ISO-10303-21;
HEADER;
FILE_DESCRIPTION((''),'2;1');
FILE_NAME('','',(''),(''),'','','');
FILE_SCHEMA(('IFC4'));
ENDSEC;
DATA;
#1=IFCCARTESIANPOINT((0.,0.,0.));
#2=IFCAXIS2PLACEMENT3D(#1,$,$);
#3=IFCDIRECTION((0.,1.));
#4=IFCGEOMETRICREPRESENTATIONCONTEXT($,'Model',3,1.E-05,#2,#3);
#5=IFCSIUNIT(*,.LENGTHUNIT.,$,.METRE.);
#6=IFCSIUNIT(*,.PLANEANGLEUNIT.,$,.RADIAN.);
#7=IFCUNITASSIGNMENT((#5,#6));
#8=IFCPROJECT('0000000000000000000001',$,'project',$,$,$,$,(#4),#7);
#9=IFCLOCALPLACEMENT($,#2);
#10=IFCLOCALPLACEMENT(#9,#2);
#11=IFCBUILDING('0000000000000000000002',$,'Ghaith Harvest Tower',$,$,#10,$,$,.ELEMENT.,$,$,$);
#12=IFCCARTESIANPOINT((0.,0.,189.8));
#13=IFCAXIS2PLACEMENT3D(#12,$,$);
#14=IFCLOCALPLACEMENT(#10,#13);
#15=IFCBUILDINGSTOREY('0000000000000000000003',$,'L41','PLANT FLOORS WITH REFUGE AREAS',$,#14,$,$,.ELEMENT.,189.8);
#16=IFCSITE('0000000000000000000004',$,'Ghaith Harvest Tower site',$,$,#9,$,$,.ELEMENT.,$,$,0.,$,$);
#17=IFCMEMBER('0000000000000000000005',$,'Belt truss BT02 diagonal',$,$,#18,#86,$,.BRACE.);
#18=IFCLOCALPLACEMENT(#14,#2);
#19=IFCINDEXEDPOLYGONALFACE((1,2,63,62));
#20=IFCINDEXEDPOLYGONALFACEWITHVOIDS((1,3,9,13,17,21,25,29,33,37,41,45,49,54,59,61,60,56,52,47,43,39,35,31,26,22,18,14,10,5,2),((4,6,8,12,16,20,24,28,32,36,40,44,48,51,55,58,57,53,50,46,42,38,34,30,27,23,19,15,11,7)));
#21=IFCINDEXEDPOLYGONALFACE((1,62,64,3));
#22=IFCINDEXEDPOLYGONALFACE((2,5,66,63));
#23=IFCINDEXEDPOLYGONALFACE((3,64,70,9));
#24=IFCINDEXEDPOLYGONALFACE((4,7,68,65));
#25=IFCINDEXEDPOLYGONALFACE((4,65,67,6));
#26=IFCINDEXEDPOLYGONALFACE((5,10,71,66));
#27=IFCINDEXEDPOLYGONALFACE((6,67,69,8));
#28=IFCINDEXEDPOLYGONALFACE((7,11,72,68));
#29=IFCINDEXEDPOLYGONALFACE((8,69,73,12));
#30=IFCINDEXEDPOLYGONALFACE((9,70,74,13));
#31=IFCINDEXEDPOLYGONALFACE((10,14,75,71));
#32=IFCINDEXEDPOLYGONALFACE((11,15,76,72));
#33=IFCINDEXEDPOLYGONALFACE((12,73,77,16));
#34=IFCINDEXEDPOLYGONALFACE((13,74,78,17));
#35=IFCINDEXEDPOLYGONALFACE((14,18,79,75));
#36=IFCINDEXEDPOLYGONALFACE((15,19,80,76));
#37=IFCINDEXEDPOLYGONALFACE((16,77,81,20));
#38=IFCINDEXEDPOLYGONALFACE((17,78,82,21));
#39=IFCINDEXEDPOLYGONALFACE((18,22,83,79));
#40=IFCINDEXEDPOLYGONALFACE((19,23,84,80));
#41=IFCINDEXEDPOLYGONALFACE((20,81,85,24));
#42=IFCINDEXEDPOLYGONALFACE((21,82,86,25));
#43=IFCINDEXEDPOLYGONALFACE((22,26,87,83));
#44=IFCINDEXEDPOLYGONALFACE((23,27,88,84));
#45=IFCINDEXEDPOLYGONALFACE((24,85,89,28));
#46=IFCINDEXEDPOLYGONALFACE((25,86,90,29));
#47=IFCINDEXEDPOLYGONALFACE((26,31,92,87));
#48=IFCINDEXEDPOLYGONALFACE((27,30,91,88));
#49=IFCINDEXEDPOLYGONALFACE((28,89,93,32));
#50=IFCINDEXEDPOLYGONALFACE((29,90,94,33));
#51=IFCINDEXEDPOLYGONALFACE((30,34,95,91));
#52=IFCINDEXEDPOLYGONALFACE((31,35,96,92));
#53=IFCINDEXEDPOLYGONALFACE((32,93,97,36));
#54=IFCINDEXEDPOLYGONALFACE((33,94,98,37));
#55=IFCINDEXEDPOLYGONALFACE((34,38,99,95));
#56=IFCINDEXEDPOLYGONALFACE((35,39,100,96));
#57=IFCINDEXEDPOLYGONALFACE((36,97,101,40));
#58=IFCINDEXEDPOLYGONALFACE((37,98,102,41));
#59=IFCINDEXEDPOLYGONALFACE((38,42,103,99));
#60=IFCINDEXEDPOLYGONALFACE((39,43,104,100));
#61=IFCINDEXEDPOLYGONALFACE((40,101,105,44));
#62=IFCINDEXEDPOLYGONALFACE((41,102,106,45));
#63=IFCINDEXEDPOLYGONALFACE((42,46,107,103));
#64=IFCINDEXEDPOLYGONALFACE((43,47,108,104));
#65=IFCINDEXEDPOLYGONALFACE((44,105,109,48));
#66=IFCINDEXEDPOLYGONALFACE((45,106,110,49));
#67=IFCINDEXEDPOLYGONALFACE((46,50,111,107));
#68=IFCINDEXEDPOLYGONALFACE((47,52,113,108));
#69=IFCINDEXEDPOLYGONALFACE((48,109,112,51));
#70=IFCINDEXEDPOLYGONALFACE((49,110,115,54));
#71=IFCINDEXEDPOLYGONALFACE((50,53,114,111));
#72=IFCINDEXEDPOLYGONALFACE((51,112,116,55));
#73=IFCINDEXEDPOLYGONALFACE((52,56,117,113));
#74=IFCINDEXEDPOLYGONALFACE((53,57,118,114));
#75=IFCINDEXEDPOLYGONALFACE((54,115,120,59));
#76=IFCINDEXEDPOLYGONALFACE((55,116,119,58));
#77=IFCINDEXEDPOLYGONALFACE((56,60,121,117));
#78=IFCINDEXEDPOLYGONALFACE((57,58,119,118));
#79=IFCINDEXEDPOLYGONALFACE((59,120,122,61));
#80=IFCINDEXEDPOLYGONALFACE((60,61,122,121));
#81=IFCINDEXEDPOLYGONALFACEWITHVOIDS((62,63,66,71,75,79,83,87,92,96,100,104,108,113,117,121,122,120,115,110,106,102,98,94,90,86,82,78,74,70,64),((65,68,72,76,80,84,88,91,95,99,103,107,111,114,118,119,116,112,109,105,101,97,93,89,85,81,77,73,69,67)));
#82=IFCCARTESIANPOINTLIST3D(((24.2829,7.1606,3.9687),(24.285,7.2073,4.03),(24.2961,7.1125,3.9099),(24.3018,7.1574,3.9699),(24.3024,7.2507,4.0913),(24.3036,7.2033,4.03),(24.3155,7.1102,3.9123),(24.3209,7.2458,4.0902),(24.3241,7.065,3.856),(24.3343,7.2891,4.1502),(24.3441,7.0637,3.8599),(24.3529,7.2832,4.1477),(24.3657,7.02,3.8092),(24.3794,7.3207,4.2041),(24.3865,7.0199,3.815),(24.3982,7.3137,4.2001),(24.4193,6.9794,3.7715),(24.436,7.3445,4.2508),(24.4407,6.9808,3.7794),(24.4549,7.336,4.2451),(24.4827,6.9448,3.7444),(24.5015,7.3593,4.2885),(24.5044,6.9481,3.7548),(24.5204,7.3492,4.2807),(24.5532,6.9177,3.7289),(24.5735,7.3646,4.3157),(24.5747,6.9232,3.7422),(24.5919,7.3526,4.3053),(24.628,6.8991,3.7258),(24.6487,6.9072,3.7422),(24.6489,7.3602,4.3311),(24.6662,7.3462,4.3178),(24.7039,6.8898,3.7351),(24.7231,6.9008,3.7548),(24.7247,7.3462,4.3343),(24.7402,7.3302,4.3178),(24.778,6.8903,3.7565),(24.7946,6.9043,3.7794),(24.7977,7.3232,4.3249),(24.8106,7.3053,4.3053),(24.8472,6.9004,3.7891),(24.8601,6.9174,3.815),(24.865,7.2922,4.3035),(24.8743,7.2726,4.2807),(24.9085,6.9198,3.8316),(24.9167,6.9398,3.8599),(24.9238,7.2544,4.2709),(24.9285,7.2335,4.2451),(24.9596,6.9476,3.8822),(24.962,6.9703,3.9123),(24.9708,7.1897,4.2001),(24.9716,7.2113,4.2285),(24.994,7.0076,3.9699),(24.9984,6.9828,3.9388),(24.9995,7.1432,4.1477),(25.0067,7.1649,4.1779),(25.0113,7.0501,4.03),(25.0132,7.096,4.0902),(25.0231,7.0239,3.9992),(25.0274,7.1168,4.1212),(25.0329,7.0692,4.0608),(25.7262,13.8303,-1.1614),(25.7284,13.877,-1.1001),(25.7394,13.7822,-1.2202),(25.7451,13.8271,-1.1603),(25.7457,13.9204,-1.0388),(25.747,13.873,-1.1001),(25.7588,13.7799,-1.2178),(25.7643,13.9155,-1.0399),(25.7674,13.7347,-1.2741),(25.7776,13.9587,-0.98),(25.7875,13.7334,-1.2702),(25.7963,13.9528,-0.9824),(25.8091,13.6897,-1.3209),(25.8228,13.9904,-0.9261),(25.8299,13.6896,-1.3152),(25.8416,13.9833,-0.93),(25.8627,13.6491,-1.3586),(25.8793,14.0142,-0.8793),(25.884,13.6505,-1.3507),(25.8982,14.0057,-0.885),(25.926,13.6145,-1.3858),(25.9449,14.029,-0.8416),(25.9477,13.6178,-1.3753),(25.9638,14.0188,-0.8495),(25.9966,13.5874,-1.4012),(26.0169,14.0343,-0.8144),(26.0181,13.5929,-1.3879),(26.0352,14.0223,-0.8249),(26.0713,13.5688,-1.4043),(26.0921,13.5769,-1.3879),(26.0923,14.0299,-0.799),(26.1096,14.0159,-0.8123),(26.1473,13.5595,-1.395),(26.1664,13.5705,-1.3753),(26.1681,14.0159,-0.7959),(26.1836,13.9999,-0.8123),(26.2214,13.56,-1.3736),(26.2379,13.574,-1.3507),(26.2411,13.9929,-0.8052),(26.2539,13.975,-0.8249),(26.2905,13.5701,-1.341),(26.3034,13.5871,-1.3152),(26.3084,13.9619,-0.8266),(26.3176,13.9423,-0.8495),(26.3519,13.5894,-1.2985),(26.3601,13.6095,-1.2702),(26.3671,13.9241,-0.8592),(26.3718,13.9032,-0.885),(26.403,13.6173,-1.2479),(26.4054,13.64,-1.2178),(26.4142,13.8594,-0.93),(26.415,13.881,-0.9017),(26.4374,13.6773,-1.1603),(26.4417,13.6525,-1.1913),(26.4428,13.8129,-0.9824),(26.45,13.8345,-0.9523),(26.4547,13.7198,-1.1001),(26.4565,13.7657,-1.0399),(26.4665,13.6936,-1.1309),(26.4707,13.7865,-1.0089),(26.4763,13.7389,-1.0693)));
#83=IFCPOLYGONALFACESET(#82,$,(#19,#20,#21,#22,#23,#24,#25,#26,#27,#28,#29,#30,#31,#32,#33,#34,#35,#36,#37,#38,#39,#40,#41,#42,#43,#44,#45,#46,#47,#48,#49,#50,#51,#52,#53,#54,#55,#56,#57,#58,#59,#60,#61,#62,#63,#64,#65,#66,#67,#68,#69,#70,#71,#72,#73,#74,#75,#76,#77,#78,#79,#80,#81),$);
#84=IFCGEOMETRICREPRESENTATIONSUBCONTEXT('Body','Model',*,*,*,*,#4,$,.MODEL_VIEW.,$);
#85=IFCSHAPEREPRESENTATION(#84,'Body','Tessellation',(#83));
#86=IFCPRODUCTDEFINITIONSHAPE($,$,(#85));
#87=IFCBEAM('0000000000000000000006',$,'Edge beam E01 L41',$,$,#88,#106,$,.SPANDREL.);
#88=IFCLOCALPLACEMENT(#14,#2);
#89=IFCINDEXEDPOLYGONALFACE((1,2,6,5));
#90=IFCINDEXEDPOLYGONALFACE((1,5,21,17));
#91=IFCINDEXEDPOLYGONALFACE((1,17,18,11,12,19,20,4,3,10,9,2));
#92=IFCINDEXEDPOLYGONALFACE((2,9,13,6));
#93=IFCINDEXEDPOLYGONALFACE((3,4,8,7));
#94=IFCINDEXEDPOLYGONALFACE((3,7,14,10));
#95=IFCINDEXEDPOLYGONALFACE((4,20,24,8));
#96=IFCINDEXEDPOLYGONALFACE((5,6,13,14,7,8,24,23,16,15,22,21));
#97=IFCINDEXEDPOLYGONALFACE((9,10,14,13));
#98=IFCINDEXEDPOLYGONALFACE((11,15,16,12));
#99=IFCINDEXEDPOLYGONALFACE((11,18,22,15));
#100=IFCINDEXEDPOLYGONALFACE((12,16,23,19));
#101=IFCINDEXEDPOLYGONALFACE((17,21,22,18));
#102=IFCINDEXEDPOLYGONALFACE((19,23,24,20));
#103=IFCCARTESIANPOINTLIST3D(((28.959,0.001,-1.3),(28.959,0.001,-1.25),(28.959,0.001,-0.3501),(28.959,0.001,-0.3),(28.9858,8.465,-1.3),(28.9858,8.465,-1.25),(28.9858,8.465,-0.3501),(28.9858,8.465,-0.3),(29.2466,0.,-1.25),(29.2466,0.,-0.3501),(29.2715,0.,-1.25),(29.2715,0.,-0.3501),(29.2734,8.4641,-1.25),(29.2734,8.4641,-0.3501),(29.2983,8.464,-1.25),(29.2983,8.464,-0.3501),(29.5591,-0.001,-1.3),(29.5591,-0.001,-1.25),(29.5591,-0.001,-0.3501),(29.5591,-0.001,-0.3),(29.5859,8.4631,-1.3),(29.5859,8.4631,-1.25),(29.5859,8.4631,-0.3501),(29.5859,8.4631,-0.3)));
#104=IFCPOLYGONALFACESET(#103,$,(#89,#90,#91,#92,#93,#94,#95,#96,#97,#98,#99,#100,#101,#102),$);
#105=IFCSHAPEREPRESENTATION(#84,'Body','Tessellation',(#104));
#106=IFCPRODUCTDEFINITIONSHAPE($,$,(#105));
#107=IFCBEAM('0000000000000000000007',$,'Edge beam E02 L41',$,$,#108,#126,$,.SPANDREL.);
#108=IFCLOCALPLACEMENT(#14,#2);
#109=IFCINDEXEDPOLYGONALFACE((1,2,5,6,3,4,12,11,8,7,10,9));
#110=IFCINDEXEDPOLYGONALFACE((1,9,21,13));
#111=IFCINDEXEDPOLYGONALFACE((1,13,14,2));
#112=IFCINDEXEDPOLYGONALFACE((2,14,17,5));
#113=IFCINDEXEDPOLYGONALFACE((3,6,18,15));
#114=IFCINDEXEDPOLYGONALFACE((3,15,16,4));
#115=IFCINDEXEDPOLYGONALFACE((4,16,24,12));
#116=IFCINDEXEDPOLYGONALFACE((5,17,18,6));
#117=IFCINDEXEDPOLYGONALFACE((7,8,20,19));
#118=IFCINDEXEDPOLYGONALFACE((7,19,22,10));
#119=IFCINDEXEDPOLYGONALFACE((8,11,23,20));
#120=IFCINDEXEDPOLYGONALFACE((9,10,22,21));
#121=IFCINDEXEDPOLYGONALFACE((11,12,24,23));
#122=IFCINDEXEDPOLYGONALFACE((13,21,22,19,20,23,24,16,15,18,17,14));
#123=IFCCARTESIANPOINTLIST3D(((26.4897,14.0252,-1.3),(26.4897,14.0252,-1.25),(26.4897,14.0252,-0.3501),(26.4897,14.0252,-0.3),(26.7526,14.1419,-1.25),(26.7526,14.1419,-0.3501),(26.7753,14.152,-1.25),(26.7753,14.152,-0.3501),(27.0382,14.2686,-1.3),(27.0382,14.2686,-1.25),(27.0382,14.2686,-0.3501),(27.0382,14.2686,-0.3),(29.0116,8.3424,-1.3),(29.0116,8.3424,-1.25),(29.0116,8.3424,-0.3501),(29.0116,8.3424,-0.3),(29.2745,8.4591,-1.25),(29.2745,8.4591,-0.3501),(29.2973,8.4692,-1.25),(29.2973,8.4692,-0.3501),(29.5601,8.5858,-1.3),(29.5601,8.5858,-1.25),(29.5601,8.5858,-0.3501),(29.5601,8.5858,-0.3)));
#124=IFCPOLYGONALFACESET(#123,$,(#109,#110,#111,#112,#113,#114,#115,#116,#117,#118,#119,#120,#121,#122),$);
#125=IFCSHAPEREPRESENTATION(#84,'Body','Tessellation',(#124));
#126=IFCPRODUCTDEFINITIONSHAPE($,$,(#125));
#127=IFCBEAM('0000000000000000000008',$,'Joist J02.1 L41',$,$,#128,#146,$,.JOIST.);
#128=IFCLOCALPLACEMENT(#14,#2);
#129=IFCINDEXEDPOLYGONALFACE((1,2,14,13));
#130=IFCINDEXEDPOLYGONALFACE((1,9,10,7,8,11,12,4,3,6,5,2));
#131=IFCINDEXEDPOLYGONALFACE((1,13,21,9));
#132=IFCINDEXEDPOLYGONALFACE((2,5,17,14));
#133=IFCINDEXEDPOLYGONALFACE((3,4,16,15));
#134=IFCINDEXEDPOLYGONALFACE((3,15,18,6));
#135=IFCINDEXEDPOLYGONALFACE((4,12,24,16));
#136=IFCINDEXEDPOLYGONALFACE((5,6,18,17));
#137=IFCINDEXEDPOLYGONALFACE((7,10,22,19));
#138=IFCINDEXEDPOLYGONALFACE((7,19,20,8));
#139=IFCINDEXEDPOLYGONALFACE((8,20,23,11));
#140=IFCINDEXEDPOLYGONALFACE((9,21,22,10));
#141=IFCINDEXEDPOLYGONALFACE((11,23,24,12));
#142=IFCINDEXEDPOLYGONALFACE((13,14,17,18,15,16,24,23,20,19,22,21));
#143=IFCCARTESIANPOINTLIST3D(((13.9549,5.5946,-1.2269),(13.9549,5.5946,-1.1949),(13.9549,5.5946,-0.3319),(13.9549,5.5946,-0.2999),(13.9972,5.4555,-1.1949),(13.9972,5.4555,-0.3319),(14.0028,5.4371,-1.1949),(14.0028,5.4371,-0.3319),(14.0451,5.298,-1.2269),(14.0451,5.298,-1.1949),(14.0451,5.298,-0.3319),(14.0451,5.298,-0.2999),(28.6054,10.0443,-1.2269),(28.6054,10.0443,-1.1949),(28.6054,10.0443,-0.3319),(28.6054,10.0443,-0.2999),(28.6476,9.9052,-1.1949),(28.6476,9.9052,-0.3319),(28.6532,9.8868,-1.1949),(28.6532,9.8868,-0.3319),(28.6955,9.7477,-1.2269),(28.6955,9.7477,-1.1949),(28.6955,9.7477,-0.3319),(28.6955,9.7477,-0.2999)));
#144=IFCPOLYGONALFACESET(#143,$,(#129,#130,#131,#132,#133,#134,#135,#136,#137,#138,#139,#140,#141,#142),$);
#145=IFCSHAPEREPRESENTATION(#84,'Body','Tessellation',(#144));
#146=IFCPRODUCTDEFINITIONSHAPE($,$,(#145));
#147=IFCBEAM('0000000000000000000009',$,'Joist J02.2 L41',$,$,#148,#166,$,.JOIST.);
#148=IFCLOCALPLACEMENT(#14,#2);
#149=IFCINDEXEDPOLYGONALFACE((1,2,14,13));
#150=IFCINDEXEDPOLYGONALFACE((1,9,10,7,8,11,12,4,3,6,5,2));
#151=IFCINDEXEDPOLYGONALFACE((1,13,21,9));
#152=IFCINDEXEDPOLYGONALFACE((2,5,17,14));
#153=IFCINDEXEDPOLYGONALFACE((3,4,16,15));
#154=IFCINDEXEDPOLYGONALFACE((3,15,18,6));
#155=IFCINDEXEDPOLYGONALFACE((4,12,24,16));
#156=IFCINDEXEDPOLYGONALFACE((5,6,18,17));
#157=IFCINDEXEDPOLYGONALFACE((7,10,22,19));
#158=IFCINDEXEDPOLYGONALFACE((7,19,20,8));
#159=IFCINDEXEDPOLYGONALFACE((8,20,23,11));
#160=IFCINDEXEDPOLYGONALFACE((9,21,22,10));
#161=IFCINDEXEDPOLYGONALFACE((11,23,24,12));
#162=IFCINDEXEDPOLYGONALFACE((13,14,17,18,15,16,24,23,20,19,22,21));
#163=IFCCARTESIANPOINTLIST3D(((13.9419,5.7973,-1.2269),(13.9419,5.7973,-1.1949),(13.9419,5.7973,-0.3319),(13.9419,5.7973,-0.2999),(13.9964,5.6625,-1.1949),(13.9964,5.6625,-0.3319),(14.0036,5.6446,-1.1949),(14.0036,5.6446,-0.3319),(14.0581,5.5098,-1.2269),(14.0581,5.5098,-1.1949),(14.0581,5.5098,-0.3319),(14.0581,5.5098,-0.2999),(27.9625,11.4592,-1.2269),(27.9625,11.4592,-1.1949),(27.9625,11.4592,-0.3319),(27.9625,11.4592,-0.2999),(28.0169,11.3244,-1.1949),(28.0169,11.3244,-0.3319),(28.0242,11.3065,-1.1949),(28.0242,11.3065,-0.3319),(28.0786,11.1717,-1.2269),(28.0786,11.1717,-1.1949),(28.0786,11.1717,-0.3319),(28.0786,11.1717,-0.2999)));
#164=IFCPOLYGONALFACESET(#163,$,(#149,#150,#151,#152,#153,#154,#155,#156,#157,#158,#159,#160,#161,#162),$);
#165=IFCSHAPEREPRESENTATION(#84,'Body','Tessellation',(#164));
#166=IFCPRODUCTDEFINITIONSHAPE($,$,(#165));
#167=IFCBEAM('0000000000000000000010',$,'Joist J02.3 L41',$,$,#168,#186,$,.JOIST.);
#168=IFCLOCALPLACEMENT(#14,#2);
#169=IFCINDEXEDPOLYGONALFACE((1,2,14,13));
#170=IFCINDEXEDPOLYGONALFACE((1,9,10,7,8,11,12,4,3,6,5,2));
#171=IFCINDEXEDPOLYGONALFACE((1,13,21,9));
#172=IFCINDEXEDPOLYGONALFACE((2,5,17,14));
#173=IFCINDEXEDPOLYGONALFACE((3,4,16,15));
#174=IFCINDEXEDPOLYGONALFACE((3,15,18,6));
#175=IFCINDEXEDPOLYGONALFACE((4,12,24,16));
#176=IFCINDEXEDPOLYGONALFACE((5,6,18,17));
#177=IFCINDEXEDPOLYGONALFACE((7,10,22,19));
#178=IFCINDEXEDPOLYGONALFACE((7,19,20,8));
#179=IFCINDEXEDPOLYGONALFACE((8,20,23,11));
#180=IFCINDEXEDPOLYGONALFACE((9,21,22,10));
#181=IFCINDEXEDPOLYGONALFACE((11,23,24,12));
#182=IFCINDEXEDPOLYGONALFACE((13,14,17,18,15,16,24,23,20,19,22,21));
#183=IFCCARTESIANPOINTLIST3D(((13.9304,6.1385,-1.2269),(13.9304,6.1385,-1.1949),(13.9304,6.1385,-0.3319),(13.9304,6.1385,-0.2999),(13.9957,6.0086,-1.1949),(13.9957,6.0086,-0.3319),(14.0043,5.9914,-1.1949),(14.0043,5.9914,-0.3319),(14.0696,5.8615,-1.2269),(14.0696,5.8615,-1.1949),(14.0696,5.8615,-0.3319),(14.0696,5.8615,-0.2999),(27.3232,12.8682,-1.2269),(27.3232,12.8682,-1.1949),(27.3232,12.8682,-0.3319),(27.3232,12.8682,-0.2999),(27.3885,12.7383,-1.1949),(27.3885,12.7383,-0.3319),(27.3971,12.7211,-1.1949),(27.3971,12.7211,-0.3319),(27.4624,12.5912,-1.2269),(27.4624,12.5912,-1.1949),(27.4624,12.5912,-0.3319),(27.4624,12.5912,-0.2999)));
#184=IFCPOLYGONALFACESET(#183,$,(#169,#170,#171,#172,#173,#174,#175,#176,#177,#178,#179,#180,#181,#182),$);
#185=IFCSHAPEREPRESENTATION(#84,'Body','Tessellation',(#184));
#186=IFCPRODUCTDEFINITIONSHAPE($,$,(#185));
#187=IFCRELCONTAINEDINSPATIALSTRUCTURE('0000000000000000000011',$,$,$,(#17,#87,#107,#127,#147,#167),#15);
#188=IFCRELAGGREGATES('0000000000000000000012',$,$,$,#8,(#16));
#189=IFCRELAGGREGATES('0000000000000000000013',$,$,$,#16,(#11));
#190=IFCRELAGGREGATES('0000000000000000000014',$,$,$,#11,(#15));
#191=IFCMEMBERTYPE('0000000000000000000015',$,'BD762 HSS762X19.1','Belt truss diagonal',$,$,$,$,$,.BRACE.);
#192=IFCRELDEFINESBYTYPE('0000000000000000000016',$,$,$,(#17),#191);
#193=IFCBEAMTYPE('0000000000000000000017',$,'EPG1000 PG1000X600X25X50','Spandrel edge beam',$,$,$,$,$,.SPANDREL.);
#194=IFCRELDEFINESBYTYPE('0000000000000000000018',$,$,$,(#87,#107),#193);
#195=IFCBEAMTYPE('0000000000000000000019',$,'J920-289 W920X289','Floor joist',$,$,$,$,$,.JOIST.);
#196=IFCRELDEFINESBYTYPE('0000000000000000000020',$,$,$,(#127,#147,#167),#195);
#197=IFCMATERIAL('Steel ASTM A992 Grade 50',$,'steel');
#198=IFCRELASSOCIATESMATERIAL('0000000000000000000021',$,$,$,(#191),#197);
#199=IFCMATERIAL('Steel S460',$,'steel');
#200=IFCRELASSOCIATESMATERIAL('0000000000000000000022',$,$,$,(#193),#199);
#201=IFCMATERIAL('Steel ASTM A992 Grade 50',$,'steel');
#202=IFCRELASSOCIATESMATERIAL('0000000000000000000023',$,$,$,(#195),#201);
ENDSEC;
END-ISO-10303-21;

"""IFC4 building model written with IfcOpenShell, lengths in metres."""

from ifc_helpers import new_model, si_unit, direction, frame, origin, origin_2d, place, context, subcontext, project, spatial, hollow_circle, i_section, extrude, material, material_profile, profile_set, type_object, element, save


model = new_model("IFC4")

# Units and contexts
model_context = context("Model", 3, precision=1e-05, world=origin(), true_north=direction((0.0, 1.0)))
body_context = subcontext(model_context, "Body", "Model", "MODEL_VIEW")
ifc_project = project(units=[si_unit("LENGTHUNIT", "METRE"), si_unit("PLANEANGLEUNIT", "RADIAN")], contexts=[model_context])

# Site, building, storey
site_placement = place(None, origin())
site = spatial("IfcSite", under=ifc_project, at=site_placement, Name="Ghaith Harvest Tower site", CompositionType="ELEMENT", RefElevation=0.0)
building_placement = place(site_placement, origin())
building = spatial("IfcBuilding", under=site, at=building_placement, Name="Ghaith Harvest Tower", CompositionType="ELEMENT")
storey_placement = place(building_placement, frame((0.0, 0.0, 189.8)))
storey = spatial("IfcBuildingStorey", under=building, at=storey_placement, Name="L41", Description="PLANT FLOORS WITH REFUGE AREAS", CompositionType="ELEMENT", Elevation=189.8)

# Member
ifc_material_1 = material(Name="Steel ASTM A992 Grade 50", Category="steel")
ifc_material_profile_1 = material_profile(ifc_material_1, hollow_circle(Radius=0.3811, WallThickness=0.019, at=origin_2d()), Name="HSS762X19.1")
ifc_profile_set_1 = profile_set([ifc_material_profile_1], Name="Steel ASTM A992 Grade 50")
member_type_1 = type_object("IfcMemberType", Name="BD762 HSS762X19.1", Description="Belt truss diagonal", PredefinedType="BRACE", material=ifc_profile_set_1)
member_1_placement = place(storey_placement, frame((24.6575, 7.1267, 4.03), z_axis=(0.169064, 0.781236, -0.600905), x_axis=(-0.977376, 0.21151, 0.0)))
element("IfcMember", 1, at=member_1_placement, inside=storey, type_object=member_type_1, Name="Belt truss BT02 diagonal", PredefinedType="BRACE", context=body_context, shape_type="SweptSolid", body=[
    extrude(hollow_circle(Radius=0.3811, WallThickness=0.019, at=origin_2d()), origin(), (0.0, 0.0, 1.0), 8.5374),
])

# Beams
ifc_material_2 = material(Name="Steel S460", Category="steel")
ifc_material_profile_2 = material_profile(ifc_material_2, i_section(OverallWidth=0.6001, OverallDepth=1.0, WebThickness=0.0249, FlangeThickness=0.05, at=origin_2d()), Name="PG1000X600X25X50")
ifc_profile_set_2 = profile_set([ifc_material_profile_2], Name="Steel S460")
beam_type_1 = type_object("IfcBeamType", Name="EPG1000 PG1000X600X25X50", Description="Spandrel edge beam", PredefinedType="SPANDREL", material=ifc_profile_set_2)
beam_1_placement = place(storey_placement, frame((29.259, 0.0, -0.8), z_axis=(0.003173, 0.999995, 0.0), x_axis=(-0.999995, 0.003173, 0.0)))
element("IfcBeam", 2, at=beam_1_placement, inside=storey, type_object=beam_type_1, Name="Edge beam E01 L41", PredefinedType="SPANDREL", context=body_context, shape_type="SweptSolid", body=[
    extrude(i_section(OverallWidth=0.6001, OverallDepth=1.0, WebThickness=0.0249, FlangeThickness=0.05, at=origin_2d()), origin(), (0.0, 0.0, 1.0), 8.4641),
])
beam_2_placement = place(storey_placement, frame((29.2859, 8.4641, -0.8), z_axis=(-0.405636, 0.914035, 0.0), x_axis=(-0.914035, -0.405636, 0.0)))
element("IfcBeam", 3, at=beam_2_placement, inside=storey, type_object=beam_type_1, Name="Edge beam E02 L41", PredefinedType="SPANDREL", context=body_context, shape_type="SweptSolid", body=[
    extrude(i_section(OverallWidth=0.6001, OverallDepth=1.0, WebThickness=0.0249, FlangeThickness=0.05, at=origin_2d()), origin(), (0.0, 0.0, 1.0), 6.2173),
])
ifc_material_3 = material(Name="Steel ASTM A992 Grade 50", Category="steel")
ifc_material_profile_3 = material_profile(ifc_material_3, i_section(OverallWidth=0.3101, OverallDepth=0.927, WebThickness=0.0193, FlangeThickness=0.032, at=origin_2d()), Name="W920X289")
ifc_profile_set_3 = profile_set([ifc_material_profile_3], Name="Steel ASTM A992 Grade 50")
beam_type_2 = type_object("IfcBeamType", Name="J920-289 W920X289", Description="Floor joist", PredefinedType="JOIST", material=ifc_profile_set_3)
beam_3_placement = place(storey_placement, frame((14.0, 5.4463, -0.7634), z_axis=(0.956839, 0.290617, 0.0), x_axis=(-0.290617, 0.956839, 0.0)))
element("IfcBeam", 4, at=beam_3_placement, inside=storey, type_object=beam_type_2, Name="Joist J02.1 L41", PredefinedType="JOIST", context=body_context, shape_type="SweptSolid", body=[
    extrude(i_section(OverallWidth=0.3101, OverallDepth=0.927, WebThickness=0.0193, FlangeThickness=0.032, at=origin_2d()), origin(), (0.0, 0.0, 1.0), 15.3113),
])
beam_4_placement = place(storey_placement, frame((14.0, 5.6536, -0.7634), z_axis=(0.927248, 0.374448, 0.0), x_axis=(-0.374448, 0.927248, 0.0)))
element("IfcBeam", 5, at=beam_4_placement, inside=storey, type_object=beam_type_2, Name="Joist J02.2 L41", PredefinedType="JOIST", context=body_context, shape_type="SweptSolid", body=[
    extrude(i_section(OverallWidth=0.3101, OverallDepth=0.927, WebThickness=0.0193, FlangeThickness=0.032, at=origin_2d()), origin(), (0.0, 0.0, 1.0), 15.1206),
])
beam_5_placement = place(storey_placement, frame((14.0, 6.0, -0.7634), z_axis=(0.893536, 0.448991, 0.0), x_axis=(-0.448991, 0.893536, 0.0)))
element("IfcBeam", 6, at=beam_5_placement, inside=storey, type_object=beam_type_2, Name="Joist J02.3 L41", PredefinedType="JOIST", context=body_context, shape_type="SweptSolid", body=[
    extrude(i_section(OverallWidth=0.3101, OverallDepth=0.927, WebThickness=0.0193, FlangeThickness=0.032, at=origin_2d()), origin(), (0.0, 0.0, 1.0), 14.9885),
])

save(model, "model.ifc")
